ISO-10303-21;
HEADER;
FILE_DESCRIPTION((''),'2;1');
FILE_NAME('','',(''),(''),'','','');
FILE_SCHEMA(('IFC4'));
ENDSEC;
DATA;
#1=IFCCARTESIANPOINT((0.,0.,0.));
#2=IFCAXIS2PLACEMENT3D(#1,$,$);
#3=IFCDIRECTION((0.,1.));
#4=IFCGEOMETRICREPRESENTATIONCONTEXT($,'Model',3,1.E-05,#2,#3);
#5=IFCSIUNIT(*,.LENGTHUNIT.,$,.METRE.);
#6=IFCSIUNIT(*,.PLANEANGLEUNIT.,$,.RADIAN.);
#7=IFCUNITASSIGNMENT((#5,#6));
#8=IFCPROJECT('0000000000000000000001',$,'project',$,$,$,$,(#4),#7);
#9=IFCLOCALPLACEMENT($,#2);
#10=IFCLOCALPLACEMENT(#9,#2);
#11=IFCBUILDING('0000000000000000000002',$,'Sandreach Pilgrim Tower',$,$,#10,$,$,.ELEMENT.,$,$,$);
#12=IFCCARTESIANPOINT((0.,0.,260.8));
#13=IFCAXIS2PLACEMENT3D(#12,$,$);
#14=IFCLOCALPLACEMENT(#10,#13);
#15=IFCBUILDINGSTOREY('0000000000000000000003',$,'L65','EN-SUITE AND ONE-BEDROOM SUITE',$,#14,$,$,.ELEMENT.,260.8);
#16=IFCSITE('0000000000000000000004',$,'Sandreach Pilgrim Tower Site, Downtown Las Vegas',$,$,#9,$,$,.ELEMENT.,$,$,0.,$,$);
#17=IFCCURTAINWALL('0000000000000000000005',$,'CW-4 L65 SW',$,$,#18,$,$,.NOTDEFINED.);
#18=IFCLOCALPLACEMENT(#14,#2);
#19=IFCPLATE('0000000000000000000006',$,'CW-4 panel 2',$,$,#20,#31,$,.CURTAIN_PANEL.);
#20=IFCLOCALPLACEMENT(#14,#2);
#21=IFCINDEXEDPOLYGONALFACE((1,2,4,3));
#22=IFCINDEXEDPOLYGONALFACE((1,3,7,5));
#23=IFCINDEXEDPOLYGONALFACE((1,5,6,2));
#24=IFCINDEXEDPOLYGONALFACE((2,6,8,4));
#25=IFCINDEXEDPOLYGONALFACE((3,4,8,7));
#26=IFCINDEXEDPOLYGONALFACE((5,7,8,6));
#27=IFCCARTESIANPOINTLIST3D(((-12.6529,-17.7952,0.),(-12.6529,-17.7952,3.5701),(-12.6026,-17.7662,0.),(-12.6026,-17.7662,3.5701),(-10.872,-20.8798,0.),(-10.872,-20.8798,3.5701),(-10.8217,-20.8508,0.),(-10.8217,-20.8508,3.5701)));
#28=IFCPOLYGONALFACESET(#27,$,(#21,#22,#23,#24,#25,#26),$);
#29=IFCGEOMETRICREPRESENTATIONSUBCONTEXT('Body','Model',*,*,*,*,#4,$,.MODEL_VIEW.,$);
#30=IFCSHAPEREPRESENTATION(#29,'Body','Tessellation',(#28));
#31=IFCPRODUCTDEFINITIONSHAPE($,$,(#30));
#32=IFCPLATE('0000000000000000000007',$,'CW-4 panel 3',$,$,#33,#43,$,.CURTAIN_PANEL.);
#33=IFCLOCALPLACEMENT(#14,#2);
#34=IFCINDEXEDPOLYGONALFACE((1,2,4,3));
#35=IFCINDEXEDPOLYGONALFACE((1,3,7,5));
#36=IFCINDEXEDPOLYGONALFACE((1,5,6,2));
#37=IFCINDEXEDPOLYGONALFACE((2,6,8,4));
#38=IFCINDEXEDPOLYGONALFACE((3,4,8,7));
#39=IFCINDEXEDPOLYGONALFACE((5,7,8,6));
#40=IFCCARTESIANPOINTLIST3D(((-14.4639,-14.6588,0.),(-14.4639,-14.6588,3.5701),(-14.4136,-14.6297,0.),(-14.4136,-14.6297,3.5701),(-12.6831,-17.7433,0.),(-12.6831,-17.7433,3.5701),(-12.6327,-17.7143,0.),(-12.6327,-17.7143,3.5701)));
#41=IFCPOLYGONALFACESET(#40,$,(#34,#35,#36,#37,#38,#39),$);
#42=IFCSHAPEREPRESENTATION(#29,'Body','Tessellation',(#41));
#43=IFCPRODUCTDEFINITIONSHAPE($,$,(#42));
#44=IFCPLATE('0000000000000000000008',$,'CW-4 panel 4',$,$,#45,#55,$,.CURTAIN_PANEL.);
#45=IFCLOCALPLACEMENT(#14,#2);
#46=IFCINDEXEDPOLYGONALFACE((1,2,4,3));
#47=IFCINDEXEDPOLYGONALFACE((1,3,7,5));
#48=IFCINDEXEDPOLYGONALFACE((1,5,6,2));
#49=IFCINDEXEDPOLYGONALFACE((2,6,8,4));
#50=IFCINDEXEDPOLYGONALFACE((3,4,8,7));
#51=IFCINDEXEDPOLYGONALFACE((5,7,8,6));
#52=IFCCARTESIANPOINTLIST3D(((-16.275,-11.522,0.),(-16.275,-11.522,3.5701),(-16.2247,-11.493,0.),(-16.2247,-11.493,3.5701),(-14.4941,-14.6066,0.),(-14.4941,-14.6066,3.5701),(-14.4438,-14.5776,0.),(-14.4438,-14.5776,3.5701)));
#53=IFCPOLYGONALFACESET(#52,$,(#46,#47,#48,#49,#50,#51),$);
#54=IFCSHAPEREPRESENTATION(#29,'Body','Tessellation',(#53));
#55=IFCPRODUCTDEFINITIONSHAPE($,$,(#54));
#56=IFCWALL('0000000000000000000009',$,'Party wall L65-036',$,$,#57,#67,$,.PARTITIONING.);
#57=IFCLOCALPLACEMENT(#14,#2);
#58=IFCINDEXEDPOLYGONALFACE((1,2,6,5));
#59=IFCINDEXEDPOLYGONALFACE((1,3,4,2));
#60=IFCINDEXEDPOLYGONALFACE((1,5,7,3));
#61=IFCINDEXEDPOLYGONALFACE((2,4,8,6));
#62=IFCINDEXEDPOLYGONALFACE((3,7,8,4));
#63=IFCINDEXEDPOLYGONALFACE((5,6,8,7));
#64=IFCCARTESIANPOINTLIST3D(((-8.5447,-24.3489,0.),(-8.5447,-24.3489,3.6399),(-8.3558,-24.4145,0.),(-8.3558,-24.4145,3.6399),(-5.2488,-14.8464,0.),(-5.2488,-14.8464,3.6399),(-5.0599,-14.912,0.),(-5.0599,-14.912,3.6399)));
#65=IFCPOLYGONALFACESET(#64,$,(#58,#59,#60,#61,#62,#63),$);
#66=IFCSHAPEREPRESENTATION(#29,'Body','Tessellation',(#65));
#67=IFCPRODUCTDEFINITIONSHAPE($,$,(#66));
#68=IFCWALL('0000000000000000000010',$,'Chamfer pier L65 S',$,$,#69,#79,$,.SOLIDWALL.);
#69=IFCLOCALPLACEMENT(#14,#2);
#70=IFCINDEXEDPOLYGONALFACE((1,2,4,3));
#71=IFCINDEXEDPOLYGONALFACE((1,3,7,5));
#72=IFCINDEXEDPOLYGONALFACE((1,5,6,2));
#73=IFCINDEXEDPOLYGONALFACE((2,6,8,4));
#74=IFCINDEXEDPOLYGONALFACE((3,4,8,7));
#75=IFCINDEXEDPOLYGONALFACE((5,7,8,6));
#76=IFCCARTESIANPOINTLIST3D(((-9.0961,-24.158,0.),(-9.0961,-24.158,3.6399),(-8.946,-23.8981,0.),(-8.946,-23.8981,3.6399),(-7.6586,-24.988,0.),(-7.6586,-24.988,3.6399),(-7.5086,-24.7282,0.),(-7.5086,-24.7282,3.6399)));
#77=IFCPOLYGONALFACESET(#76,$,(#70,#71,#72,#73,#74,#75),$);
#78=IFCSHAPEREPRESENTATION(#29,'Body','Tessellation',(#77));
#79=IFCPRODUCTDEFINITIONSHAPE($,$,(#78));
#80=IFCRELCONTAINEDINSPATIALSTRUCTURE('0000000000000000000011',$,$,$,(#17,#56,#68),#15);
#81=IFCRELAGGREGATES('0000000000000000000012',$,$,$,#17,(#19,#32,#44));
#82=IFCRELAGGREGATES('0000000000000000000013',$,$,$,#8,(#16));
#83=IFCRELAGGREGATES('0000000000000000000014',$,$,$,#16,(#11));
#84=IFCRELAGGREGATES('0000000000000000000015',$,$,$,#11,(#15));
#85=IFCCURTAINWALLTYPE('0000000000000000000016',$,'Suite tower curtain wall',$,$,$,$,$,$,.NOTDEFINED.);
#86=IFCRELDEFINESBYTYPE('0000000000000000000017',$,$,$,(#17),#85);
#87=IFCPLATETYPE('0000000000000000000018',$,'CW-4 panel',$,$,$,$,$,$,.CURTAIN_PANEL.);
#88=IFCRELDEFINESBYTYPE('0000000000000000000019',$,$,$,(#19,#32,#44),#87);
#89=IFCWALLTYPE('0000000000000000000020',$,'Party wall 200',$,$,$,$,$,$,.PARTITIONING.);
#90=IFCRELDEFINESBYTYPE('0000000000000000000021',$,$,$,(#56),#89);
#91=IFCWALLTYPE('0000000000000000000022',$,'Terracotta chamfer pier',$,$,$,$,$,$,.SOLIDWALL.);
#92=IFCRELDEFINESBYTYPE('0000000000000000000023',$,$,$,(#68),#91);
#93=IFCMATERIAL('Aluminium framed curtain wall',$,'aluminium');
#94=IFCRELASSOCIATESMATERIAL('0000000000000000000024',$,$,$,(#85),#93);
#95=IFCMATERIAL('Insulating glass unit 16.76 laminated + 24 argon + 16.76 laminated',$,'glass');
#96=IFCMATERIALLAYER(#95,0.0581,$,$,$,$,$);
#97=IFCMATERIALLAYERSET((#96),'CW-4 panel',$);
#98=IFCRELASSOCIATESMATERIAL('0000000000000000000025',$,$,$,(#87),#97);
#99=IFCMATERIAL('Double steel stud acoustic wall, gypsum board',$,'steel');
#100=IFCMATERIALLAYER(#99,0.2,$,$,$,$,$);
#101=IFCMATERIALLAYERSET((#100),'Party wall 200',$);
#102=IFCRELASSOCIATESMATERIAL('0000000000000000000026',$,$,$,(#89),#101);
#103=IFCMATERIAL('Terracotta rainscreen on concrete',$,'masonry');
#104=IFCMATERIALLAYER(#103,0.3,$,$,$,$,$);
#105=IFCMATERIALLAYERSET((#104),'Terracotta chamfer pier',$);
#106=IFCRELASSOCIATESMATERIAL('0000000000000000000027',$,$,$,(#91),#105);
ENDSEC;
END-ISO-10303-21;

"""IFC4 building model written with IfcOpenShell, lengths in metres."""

from ifc_helpers import new_model, si_unit, direction, frame, frame_2d, origin, origin_2d, place, context, subcontext, project, spatial, rectangle, extrude, material, layer, layer_set, type_object, element, aggregate, save


model = new_model("IFC4")

# Units and contexts
model_context = context("Model", 3, precision=1e-05, world=origin(), true_north=direction((0.0, 1.0)))
body_context = subcontext(model_context, "Body", "Model", "MODEL_VIEW")
ifc_project = project(units=[si_unit("LENGTHUNIT", "METRE"), si_unit("PLANEANGLEUNIT", "RADIAN")], contexts=[model_context])

# Site, building, storey
site_placement = place(None, origin())
site = spatial("IfcSite", under=ifc_project, at=site_placement, Name="Sandreach Pilgrim Tower Site, Downtown Las Vegas", CompositionType="ELEMENT", RefElevation=0.0)
building_placement = place(site_placement, origin())
building = spatial("IfcBuilding", under=site, at=building_placement, Name="Sandreach Pilgrim Tower", CompositionType="ELEMENT")
storey_placement = place(building_placement, frame((0.0, 0.0, 260.8)))
storey = spatial("IfcBuildingStorey", under=building, at=storey_placement, Name="L65", Description="EN-SUITE AND ONE-BEDROOM SUITE", CompositionType="ELEMENT", Elevation=260.8)

# Shared definitions
ifc_material_1 = material(Name="Aluminium framed curtain wall", Category="aluminium")
curtain_wall_type = type_object("IfcCurtainWallType", Name="Suite tower curtain wall", PredefinedType="NOTDEFINED", material=ifc_material_1)

# Curtain wall
curtain_wall_1_placement = place(storey_placement, origin())
curtain_wall_1 = element("IfcCurtainWall", 1, at=curtain_wall_1_placement, inside=storey, type_object=curtain_wall_type, Name="CW-4 L65 SW", PredefinedType="NOTDEFINED")

# Plates
ifc_material_2 = material(Name="Insulating glass unit 16.76 laminated + 24 argon + 16.76 laminated", Category="glass")
ifc_layer_1 = layer(ifc_material_2, 0.0581)
ifc_layer_set_1 = layer_set([ifc_layer_1], Name="CW-4 panel")
plate_type = type_object("IfcPlateType", Name="CW-4 panel", PredefinedType="CURTAIN_PANEL", material=ifc_layer_set_1)
plate_1_placement = place(storey_placement, frame((-11.7373, -19.323, 0.0), z_axis=(0.0, 0.0, 1.0), x_axis=(-0.5, 0.866025, 0.0)))
plate_1 = element("IfcPlate", 2, at=plate_1_placement, type_object=plate_type, Name="CW-4 panel 2", PredefinedType="CURTAIN_PANEL", context=body_context, shape_type="SweptSolid", body=[
    extrude(rectangle(XDim=3.5618, YDim=0.0581, at=origin_2d()), origin(), (0.0, 0.0, 1.0), 3.5701),
])
plate_2_placement = place(storey_placement, frame((-13.5483, -16.1865, 0.0), z_axis=(0.0, 0.0, 1.0), x_axis=(-0.5, 0.866025, 0.0)))
plate_2 = element("IfcPlate", 3, at=plate_2_placement, type_object=plate_type, Name="CW-4 panel 3", PredefinedType="CURTAIN_PANEL", context=body_context, shape_type="SweptSolid", body=[
    extrude(rectangle(XDim=3.5618, YDim=0.0581, at=origin_2d()), origin(), (0.0, 0.0, 1.0), 3.5701),
])
plate_3_placement = place(storey_placement, frame((-15.3594, -13.0498, 0.0), z_axis=(0.0, 0.0, 1.0), x_axis=(-0.5, 0.866025, 0.0)))
plate_3 = element("IfcPlate", 4, at=plate_3_placement, type_object=plate_type, Name="CW-4 panel 4", PredefinedType="CURTAIN_PANEL", context=body_context, shape_type="SweptSolid", body=[
    extrude(rectangle(XDim=3.5618, YDim=0.0581, at=origin_2d()), origin(), (0.0, 0.0, 1.0), 3.5701),
])
aggregate(curtain_wall_1, [plate_1, plate_2, plate_3])

# Walls
ifc_material_3 = material(Name="Double steel stud acoustic wall, gypsum board", Category="steel")
ifc_layer_2 = layer(ifc_material_3, 0.2)
ifc_layer_set_2 = layer_set([ifc_layer_2], Name="Party wall 200")
wall_type_1 = type_object("IfcWallType", Name="Party wall 200", PredefinedType="PARTITIONING", material=ifc_layer_set_2)
wall_1_placement = place(storey_placement, frame((-8.4502, -24.3816, 0.0), z_axis=(0.0, 0.0, 1.0), x_axis=(0.327696, 0.944783, 0.0)))
element("IfcWall", 5, at=wall_1_placement, inside=storey, type_object=wall_type_1, Name="Party wall L65-036", PredefinedType="PARTITIONING", context=body_context, shape_type="SweptSolid", body=[
    extrude(rectangle(XDim=10.0579, YDim=0.2, at=frame_2d((5.0288, 0.0))), origin(), (0.0, 0.0, 1.0), 3.6399),
])
ifc_material_4 = material(Name="Terracotta rainscreen on concrete", Category="masonry")
ifc_layer_3 = layer(ifc_material_4, 0.3)
ifc_layer_set_3 = layer_set([ifc_layer_3], Name="Terracotta chamfer pier")
wall_type_2 = type_object("IfcWallType", Name="Terracotta chamfer pier", PredefinedType="SOLIDWALL", material=ifc_layer_set_3)
wall_2_placement = place(storey_placement, frame((-7.5835, -24.8582, 0.0), z_axis=(0.0, 0.0, 1.0), x_axis=(-0.86599, 0.500062, 0.0)))
element("IfcWall", 6, at=wall_2_placement, inside=storey, type_object=wall_type_2, Name="Chamfer pier L65 S", PredefinedType="SOLIDWALL", context=body_context, shape_type="SweptSolid", body=[
    extrude(rectangle(XDim=1.6599, YDim=0.3, at=frame_2d((0.8301, 0.0))), origin(), (0.0, 0.0, 1.0), 3.6399),
])

save(model, "model.ifc")
